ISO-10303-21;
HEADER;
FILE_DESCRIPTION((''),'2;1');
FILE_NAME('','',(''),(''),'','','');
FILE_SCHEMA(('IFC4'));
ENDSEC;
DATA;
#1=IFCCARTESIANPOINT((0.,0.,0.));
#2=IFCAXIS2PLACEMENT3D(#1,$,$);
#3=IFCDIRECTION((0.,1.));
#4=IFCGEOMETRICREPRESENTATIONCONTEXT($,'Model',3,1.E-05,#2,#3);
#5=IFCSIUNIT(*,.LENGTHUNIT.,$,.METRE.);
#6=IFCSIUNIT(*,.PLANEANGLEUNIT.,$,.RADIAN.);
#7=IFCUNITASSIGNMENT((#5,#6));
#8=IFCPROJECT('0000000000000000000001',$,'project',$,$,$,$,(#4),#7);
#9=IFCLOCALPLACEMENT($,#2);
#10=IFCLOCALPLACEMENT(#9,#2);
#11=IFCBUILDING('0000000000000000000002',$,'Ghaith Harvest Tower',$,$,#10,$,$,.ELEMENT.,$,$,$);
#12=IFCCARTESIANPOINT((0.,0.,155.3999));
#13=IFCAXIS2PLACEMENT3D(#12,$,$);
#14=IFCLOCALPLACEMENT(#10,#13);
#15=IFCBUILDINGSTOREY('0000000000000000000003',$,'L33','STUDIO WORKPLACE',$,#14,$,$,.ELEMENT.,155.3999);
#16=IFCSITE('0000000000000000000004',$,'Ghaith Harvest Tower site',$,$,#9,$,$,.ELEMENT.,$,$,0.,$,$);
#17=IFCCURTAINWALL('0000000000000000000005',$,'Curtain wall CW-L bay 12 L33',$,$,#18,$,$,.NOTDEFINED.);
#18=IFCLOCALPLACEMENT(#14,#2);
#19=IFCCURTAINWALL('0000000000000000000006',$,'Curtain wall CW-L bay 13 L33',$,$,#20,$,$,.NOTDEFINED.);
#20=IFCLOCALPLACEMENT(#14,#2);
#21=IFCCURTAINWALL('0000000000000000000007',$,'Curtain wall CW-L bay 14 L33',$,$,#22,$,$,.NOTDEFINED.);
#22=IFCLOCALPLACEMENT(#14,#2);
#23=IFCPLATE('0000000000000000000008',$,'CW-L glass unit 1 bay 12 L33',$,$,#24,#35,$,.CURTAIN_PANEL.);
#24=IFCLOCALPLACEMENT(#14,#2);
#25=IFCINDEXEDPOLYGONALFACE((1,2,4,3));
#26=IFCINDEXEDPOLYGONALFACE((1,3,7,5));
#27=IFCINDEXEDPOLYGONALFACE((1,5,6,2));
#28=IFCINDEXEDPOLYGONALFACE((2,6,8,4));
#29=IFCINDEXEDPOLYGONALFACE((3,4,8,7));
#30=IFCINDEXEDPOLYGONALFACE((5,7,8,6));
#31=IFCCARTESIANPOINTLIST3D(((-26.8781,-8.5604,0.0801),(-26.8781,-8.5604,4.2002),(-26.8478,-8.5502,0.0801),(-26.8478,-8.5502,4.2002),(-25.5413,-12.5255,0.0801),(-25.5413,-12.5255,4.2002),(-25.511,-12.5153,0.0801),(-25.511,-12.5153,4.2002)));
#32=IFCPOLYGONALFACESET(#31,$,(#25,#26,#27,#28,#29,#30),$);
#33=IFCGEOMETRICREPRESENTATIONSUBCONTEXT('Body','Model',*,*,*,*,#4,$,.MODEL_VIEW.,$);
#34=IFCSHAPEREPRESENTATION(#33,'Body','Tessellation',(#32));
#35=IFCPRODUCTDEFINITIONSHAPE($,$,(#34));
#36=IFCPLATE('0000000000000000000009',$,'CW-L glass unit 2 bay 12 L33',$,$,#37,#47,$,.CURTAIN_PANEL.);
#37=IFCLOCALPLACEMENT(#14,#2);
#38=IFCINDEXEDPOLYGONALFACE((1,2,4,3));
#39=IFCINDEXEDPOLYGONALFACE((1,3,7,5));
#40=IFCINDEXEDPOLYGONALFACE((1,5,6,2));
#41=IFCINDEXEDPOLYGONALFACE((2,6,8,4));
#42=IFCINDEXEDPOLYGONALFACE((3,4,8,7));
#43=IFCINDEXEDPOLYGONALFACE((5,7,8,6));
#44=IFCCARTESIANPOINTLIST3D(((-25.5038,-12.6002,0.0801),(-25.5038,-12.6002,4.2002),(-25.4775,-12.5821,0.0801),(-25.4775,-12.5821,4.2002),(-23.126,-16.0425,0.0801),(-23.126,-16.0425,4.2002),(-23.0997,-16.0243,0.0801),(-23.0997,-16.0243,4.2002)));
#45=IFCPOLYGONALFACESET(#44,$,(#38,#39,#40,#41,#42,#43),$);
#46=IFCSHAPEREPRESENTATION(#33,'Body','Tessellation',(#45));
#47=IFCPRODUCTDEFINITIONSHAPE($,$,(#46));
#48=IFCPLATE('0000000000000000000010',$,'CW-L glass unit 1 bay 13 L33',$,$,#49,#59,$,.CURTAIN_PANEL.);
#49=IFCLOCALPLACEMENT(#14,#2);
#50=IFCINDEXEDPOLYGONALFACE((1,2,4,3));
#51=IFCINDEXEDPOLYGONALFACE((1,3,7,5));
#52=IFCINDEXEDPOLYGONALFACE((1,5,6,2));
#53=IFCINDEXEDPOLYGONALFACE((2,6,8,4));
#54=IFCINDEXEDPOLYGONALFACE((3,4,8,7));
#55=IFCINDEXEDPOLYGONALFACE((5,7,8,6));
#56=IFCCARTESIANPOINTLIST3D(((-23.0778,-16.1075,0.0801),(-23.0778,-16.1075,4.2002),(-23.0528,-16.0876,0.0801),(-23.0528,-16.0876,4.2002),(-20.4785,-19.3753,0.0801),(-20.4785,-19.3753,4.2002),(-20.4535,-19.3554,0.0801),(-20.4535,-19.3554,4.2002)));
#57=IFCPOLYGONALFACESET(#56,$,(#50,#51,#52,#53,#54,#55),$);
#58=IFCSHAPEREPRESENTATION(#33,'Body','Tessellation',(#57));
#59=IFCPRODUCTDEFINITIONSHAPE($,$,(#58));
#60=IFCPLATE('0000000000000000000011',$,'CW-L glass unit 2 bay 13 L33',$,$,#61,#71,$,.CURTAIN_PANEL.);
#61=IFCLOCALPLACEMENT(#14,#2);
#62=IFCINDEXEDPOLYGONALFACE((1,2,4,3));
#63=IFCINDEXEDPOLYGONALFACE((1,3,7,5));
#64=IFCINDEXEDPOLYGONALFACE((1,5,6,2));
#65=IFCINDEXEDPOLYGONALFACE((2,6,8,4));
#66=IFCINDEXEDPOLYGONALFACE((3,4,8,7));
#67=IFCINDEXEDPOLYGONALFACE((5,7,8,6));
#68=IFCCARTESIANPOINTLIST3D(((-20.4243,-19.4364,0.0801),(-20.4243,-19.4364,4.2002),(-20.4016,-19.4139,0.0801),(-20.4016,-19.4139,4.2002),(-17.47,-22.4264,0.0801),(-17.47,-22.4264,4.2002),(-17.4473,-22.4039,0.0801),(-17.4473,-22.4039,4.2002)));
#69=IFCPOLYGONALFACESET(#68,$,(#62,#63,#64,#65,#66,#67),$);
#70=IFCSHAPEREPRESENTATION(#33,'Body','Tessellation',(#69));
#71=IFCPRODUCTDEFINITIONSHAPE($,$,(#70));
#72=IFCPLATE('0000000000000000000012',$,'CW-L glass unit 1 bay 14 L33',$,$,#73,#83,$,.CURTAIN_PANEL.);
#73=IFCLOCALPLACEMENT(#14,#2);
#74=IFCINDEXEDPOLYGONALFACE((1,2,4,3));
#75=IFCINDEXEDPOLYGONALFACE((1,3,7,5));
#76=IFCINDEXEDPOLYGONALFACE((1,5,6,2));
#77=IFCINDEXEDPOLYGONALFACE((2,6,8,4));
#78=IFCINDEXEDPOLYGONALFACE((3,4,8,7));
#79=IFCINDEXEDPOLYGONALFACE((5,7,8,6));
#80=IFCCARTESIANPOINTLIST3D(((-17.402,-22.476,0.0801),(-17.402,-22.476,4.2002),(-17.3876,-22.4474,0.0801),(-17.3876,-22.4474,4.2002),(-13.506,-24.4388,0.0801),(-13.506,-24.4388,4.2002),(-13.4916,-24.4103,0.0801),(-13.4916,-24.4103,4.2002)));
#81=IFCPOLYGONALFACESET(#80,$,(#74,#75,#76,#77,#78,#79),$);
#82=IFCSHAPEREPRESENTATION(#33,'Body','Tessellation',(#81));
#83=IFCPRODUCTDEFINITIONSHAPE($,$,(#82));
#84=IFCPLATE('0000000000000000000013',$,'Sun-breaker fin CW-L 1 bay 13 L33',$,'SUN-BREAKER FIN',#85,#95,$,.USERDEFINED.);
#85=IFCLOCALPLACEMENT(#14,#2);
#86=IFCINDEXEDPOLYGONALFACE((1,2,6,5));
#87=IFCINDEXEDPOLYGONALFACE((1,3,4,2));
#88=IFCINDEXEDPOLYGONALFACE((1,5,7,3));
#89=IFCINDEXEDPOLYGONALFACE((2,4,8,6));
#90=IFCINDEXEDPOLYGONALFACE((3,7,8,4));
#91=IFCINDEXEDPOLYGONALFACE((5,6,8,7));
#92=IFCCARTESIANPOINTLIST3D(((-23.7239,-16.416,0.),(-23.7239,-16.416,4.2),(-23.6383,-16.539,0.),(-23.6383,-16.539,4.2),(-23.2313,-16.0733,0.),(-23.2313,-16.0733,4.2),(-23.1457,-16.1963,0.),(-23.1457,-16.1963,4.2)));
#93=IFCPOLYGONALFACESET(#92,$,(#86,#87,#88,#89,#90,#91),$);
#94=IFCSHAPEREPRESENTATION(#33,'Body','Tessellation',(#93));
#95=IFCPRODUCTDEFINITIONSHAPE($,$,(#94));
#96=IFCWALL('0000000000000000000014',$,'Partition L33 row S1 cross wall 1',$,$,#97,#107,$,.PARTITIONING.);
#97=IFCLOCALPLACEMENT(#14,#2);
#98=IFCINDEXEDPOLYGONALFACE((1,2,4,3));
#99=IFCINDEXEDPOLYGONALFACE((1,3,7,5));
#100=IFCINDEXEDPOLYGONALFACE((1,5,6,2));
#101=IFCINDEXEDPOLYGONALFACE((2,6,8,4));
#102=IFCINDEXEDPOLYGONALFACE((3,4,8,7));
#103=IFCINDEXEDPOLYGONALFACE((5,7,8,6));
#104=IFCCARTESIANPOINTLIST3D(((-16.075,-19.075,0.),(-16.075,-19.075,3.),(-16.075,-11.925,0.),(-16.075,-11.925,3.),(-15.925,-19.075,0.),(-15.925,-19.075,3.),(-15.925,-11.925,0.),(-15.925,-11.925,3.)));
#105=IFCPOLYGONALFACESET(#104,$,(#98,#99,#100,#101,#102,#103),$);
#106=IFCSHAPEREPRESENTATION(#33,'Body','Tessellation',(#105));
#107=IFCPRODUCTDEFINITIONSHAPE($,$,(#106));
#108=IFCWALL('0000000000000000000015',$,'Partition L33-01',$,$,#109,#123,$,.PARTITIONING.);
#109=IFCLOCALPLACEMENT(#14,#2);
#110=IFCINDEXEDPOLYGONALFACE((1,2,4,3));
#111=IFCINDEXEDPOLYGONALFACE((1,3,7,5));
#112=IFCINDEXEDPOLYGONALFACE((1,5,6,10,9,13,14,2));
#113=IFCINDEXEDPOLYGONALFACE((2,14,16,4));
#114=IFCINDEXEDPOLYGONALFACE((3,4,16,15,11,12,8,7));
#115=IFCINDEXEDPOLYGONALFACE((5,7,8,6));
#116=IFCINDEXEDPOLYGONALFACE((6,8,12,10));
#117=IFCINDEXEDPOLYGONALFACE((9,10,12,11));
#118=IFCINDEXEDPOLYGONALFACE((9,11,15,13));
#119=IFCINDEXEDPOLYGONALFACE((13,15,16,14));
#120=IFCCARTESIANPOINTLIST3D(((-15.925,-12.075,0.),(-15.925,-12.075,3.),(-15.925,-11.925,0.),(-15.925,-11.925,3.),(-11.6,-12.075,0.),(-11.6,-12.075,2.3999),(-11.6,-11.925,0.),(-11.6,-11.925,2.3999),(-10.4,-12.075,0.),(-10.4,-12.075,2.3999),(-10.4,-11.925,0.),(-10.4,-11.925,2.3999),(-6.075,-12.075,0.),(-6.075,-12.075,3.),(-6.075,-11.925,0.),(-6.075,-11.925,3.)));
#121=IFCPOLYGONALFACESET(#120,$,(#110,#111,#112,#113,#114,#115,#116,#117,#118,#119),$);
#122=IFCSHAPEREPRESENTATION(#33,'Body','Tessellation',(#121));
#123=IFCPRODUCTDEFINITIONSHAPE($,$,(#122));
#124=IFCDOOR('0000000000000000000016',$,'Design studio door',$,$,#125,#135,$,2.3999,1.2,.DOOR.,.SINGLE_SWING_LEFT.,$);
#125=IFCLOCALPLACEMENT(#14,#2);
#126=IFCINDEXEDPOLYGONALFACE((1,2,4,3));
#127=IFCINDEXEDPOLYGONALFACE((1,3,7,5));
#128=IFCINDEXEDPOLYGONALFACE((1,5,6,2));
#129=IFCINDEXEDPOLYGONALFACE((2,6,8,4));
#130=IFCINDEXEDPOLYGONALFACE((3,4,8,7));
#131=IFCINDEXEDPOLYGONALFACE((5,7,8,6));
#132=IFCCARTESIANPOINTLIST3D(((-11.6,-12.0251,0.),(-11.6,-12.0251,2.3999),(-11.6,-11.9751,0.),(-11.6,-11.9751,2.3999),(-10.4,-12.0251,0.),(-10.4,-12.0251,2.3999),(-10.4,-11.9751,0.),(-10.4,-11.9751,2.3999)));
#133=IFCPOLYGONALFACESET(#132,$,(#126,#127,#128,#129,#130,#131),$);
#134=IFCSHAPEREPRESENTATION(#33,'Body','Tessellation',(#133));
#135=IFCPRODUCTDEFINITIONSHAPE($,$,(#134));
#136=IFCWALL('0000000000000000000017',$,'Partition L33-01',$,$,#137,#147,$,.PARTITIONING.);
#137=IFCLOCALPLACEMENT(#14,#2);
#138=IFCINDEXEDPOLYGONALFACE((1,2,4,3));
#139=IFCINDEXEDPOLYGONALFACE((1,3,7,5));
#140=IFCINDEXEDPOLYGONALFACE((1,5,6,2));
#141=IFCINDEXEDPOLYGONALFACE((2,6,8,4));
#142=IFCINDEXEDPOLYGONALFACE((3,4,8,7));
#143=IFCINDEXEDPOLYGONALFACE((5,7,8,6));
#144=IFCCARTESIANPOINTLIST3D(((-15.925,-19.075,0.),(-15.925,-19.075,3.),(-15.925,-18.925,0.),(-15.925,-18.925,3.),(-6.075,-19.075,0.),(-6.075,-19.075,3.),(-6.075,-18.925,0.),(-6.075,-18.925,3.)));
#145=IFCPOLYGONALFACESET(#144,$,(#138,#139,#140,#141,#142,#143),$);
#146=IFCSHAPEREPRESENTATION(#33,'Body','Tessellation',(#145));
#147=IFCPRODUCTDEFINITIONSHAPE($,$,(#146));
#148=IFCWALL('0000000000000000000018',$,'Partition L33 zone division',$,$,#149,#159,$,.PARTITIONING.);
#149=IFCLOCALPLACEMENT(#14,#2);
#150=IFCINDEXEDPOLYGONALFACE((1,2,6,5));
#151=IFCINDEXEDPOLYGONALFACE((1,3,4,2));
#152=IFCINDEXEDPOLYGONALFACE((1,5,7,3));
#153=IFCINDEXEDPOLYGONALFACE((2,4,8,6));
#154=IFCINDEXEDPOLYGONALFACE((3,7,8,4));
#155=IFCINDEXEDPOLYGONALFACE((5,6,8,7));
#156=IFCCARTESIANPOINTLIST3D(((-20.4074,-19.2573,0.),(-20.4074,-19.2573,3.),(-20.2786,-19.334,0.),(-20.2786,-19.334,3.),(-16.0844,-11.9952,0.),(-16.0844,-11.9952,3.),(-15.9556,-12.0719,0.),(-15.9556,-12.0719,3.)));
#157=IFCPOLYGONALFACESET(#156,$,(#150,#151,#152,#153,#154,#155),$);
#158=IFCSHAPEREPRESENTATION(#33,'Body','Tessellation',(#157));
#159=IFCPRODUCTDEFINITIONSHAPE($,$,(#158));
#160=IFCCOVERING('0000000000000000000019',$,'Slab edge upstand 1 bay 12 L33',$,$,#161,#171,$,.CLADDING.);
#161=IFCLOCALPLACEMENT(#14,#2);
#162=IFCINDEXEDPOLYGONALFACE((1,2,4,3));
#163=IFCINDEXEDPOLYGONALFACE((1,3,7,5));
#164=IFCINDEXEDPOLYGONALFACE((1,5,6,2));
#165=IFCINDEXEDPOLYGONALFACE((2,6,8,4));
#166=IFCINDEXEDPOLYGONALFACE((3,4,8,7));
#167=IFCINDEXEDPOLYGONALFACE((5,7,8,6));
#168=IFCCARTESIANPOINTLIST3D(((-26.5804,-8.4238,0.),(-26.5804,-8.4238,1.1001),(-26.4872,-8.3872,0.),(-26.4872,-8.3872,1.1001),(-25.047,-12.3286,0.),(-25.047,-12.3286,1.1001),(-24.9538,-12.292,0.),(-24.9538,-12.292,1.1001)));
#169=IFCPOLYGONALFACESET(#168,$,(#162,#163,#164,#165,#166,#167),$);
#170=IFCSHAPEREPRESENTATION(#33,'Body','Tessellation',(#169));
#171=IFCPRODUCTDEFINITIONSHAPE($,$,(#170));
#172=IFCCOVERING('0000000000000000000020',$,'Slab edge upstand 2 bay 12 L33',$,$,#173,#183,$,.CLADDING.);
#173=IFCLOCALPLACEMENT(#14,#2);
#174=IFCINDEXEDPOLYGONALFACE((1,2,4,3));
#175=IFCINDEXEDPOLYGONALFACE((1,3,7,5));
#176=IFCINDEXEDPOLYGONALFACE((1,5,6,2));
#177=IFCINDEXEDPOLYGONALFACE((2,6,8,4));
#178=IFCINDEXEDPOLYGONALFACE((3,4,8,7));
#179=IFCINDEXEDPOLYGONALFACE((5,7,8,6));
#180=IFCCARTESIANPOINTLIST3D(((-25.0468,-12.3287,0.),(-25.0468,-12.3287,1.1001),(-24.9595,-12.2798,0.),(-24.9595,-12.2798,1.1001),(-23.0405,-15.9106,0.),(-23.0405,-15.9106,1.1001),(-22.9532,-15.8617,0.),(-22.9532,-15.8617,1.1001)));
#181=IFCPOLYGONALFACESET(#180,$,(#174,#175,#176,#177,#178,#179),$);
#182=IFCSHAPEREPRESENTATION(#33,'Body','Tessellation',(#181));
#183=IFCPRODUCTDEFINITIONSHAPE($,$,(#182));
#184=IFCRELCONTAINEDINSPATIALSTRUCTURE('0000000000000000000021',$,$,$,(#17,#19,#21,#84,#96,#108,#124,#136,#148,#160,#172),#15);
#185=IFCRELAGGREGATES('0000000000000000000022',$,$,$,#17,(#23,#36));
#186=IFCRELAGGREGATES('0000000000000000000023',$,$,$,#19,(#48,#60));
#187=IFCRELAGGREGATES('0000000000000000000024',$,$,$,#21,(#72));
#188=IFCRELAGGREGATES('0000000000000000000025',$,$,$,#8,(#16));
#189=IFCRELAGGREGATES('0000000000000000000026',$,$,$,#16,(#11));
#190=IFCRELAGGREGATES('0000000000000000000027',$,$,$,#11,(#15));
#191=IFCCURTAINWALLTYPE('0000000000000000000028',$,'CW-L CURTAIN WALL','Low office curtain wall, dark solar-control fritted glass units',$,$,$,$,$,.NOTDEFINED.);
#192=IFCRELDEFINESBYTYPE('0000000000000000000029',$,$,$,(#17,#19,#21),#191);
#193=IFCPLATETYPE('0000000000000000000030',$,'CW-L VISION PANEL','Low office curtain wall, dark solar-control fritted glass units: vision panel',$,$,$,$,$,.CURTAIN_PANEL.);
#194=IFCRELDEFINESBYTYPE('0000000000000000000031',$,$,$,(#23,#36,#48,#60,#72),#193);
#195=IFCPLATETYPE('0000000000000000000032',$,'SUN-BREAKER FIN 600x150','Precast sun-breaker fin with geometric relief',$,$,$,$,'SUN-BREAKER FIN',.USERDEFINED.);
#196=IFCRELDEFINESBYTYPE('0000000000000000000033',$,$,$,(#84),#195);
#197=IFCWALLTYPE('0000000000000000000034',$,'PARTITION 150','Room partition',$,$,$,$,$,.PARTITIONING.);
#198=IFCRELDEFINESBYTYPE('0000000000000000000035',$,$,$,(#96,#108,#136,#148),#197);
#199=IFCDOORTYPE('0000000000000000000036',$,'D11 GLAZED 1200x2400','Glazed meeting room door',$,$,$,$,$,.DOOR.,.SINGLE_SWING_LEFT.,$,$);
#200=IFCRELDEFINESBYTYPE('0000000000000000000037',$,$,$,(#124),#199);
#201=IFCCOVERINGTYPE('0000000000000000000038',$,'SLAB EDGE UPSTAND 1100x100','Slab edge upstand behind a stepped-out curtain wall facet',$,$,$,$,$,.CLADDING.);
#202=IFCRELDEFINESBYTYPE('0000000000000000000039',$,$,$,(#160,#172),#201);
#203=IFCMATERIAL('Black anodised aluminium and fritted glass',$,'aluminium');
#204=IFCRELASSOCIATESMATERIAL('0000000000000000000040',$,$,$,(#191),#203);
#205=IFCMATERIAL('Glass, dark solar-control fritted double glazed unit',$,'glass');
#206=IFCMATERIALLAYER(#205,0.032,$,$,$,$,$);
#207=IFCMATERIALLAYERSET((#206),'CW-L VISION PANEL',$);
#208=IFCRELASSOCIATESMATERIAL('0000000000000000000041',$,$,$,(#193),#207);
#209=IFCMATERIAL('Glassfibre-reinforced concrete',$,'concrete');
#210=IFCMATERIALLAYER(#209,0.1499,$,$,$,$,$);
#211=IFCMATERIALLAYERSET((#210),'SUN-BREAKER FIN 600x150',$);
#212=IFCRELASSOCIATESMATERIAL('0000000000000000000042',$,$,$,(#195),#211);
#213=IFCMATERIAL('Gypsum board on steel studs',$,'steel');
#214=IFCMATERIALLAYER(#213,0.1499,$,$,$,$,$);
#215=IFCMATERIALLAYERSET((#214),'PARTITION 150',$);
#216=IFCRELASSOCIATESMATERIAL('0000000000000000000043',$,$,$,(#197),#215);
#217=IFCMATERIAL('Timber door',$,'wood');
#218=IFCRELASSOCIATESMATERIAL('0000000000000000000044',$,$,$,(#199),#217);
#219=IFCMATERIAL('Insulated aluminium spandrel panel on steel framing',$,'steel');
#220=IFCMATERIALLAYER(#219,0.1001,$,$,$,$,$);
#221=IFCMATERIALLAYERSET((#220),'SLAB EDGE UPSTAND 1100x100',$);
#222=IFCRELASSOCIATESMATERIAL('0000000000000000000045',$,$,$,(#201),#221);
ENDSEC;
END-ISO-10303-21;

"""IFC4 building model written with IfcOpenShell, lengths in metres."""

from ifc_helpers import new_model, si_unit, direction, frame, frame_2d, origin, origin_2d, place, context, subcontext, project, spatial, rectangle, extrude, material, layer, layer_set, type_object, element, fill, aggregate, save


model = new_model("IFC4")

# Units and contexts
model_context = context("Model", 3, precision=1e-05, world=origin(), true_north=direction((0.0, 1.0)))
body_context = subcontext(model_context, "Body", "Model", "MODEL_VIEW")
ifc_project = project(units=[si_unit("LENGTHUNIT", "METRE"), si_unit("PLANEANGLEUNIT", "RADIAN")], contexts=[model_context])

# Site, building, storey
site_placement = place(None, origin())
site = spatial("IfcSite", under=ifc_project, at=site_placement, Name="Ghaith Harvest Tower site", CompositionType="ELEMENT", RefElevation=0.0)
building_placement = place(site_placement, origin())
building = spatial("IfcBuilding", under=site, at=building_placement, Name="Ghaith Harvest Tower", CompositionType="ELEMENT")
storey_placement = place(building_placement, frame((0.0, 0.0, 155.3999)))
storey = spatial("IfcBuildingStorey", under=building, at=storey_placement, Name="L33", Description="STUDIO WORKPLACE", CompositionType="ELEMENT", Elevation=155.3999)

# Curtain wall
ifc_material_1 = material(Name="Black anodised aluminium and fritted glass", Category="aluminium")
curtain_wall_type = type_object("IfcCurtainWallType", Name="CW-L CURTAIN WALL", Description="Low office curtain wall, dark solar-control fritted glass units", PredefinedType="NOTDEFINED", material=ifc_material_1)
curtain_wall_1_placement = place(storey_placement, origin())
curtain_wall_1 = element("IfcCurtainWall", 1, at=curtain_wall_1_placement, inside=storey, type_object=curtain_wall_type, Name="Curtain wall CW-L bay 12 L33", PredefinedType="NOTDEFINED")

# Curtain wall
curtain_wall_2_placement = place(storey_placement, origin())
curtain_wall_2 = element("IfcCurtainWall", 2, at=curtain_wall_2_placement, inside=storey, type_object=curtain_wall_type, Name="Curtain wall CW-L bay 13 L33", PredefinedType="NOTDEFINED")

# Curtain wall
curtain_wall_3_placement = place(storey_placement, origin())
curtain_wall_3 = element("IfcCurtainWall", 3, at=curtain_wall_3_placement, inside=storey, type_object=curtain_wall_type, Name="Curtain wall CW-L bay 14 L33", PredefinedType="NOTDEFINED")

# Plates
ifc_material_2 = material(Name="Glass, dark solar-control fritted double glazed unit", Category="glass")
ifc_layer_1 = layer(ifc_material_2, 0.032)
ifc_layer_set_1 = layer_set([ifc_layer_1], Name="CW-L VISION PANEL")
plate_type_1 = type_object("IfcPlateType", Name="CW-L VISION PANEL", Description="Low office curtain wall, dark solar-control fritted glass units: vision panel", PredefinedType="CURTAIN_PANEL", material=ifc_layer_set_1)
plate_1_placement = place(storey_placement, frame((-26.1946, -10.5378, 0.0801), z_axis=(0.0, 0.0, 1.0), x_axis=(0.319477, -0.947594, 0.0)))
plate_1 = element("IfcPlate", 4, at=plate_1_placement, type_object=plate_type_1, Name="CW-L glass unit 1 bay 12 L33", PredefinedType="CURTAIN_PANEL", context=body_context, shape_type="SweptSolid", body=[
    extrude(rectangle(XDim=4.1843, YDim=0.032, at=origin_2d()), origin(), (0.0, 0.0, 1.0), 4.1201),
])
plate_2_placement = place(storey_placement, frame((-24.3018, -14.3123, 0.0801), z_axis=(0.0, 0.0, 1.0), x_axis=(0.568348, -0.822788, 0.0)))
plate_2 = element("IfcPlate", 5, at=plate_2_placement, type_object=plate_type_1, Name="CW-L glass unit 2 bay 12 L33", PredefinedType="CURTAIN_PANEL", context=body_context, shape_type="SweptSolid", body=[
    extrude(rectangle(XDim=4.1836, YDim=0.032, at=origin_2d()), origin(), (0.0, 0.0, 1.0), 4.1201),
])
aggregate(curtain_wall_1, [plate_1, plate_2])
plate_3_placement = place(storey_placement, frame((-21.7656, -17.7314, 0.0801), z_axis=(0.0, 0.0, 1.0), x_axis=(0.622507, -0.782614, 0.0)))
plate_3 = element("IfcPlate", 6, at=plate_3_placement, type_object=plate_type_1, Name="CW-L glass unit 1 bay 13 L33", PredefinedType="CURTAIN_PANEL", context=body_context, shape_type="SweptSolid", body=[
    extrude(rectangle(XDim=4.1755, YDim=0.032, at=origin_2d()), origin(), (0.0, 0.0, 1.0), 4.1201),
])
plate_4_placement = place(storey_placement, frame((-18.9358, -20.9202, 0.0801), z_axis=(0.0, 0.0, 1.0), x_axis=(0.702843, -0.711345, 0.0)))
plate_4 = element("IfcPlate", 7, at=plate_4_placement, type_object=plate_type_1, Name="CW-L glass unit 2 bay 13 L33", PredefinedType="CURTAIN_PANEL", context=body_context, shape_type="SweptSolid", body=[
    extrude(rectangle(XDim=4.2034, YDim=0.032, at=origin_2d()), origin(), (0.0, 0.0, 1.0), 4.1201),
])
aggregate(curtain_wall_2, [plate_3, plate_4])
plate_5_placement = place(storey_placement, frame((-15.4468, -23.4431, 0.0801), z_axis=(0.0, 0.0, 1.0), x_axis=(0.893062, -0.449933, 0.0)))
plate_5 = element("IfcPlate", 8, at=plate_5_placement, type_object=plate_type_1, Name="CW-L glass unit 1 bay 14 L33", PredefinedType="CURTAIN_PANEL", context=body_context, shape_type="SweptSolid", body=[
    extrude(rectangle(XDim=4.3625, YDim=0.032, at=origin_2d()), origin(), (0.0, 0.0, 1.0), 4.1201),
])
aggregate(curtain_wall_3, [plate_5])
ifc_material_3 = material(Name="Glassfibre-reinforced concrete", Category="concrete")
ifc_layer_2 = layer(ifc_material_3, 0.1499)
ifc_layer_set_2 = layer_set([ifc_layer_2], Name="SUN-BREAKER FIN 600x150")
plate_type_2 = type_object("IfcPlateType", Name="SUN-BREAKER FIN 600x150", Description="Precast sun-breaker fin with geometric relief", ElementType="SUN-BREAKER FIN", PredefinedType="USERDEFINED", material=ifc_layer_set_2)
plate_6_placement = place(storey_placement, frame((-23.4348, -16.3062, 0.0), z_axis=(0.0, 0.0, 1.0), x_axis=(-0.820845, -0.57115, 0.0)))
element("IfcPlate", 9, at=plate_6_placement, inside=storey, type_object=plate_type_2, Name="Sun-breaker fin CW-L 1 bay 13 L33", ObjectType="SUN-BREAKER FIN", PredefinedType="USERDEFINED", context=body_context, shape_type="SweptSolid", body=[
    extrude(rectangle(XDim=0.6001, YDim=0.1499, at=origin_2d()), origin(), (0.0, 0.0, 1.0), 4.2),
])

# Wall
ifc_material_4 = material(Name="Gypsum board on steel studs", Category="steel")
ifc_layer_3 = layer(ifc_material_4, 0.1499)
ifc_layer_set_3 = layer_set([ifc_layer_3], Name="PARTITION 150")
wall_type_1 = type_object("IfcWallType", Name="PARTITION 150", Description="Room partition", PredefinedType="PARTITIONING", material=ifc_layer_set_3)
wall_1_placement = place(storey_placement, frame((-16.0, -11.925, 0.0), z_axis=(0.0, 0.0, 1.0), x_axis=(0.0, -1.0, 0.0)))
element("IfcWall", 10, at=wall_1_placement, inside=storey, type_object=wall_type_1, Name="Partition L33 row S1 cross wall 1", PredefinedType="PARTITIONING", context=body_context, shape_type="SweptSolid", body=[
    extrude(rectangle(XDim=7.1499, YDim=0.1499, at=frame_2d((3.575, 0.0))), origin(), (0.0, 0.0, 1.0), 3.0),
])

# Wall, opening, door
wall_2_placement = place(storey_placement, frame((-15.925, -12.0, 0.0), z_axis=(0.0, 0.0, 1.0), x_axis=(1.0, 0.0, 0.0)))
wall_2 = element("IfcWall", 11, at=wall_2_placement, inside=storey, type_object=wall_type_1, Name="Partition L33-01", PredefinedType="PARTITIONING", context=body_context, shape_type="SweptSolid", body=[
    extrude(rectangle(XDim=9.8501, YDim=0.1499, at=frame_2d((4.925, 0.0))), origin(), (0.0, 0.0, 1.0), 3.0),
])
opening_1_placement = place(wall_2_placement, frame((4.325, 0.0, 0.0)))
opening_1 = element("IfcOpeningElement", 12, at=opening_1_placement, cuts=wall_2, PredefinedType="OPENING", context=body_context, shape_type="SweptSolid", body=[
    extrude(rectangle(XDim=1.2, YDim=2.3999, at=frame_2d((0.6001, 1.2))), frame((0.0, 0.085, 0.0), z_axis=(0.0, -1.0, 0.0), x_axis=(1.0, 0.0, 0.0)), (0.0, 0.0, 1.0), 0.1699),
])
ifc_material_5 = material(Name="Timber door", Category="wood")
door_type_1 = type_object("IfcDoorType", Name="D11 GLAZED 1200x2400", Description="Glazed meeting room door", OperationType="SINGLE_SWING_LEFT", PredefinedType="DOOR", material=ifc_material_5)
door_1_placement = place(opening_1_placement, origin())
door_1 = element("IfcDoor", 13, at=door_1_placement, inside=storey, type_object=door_type_1, Name="Design studio door", OperationType="SINGLE_SWING_LEFT", OverallHeight=2.3999, OverallWidth=1.2, PredefinedType="DOOR", context=body_context, shape_type="SweptSolid", body=[
    extrude(rectangle(XDim=1.2, YDim=2.3999, at=frame_2d((0.6001, 1.2))), frame((0.0, 0.0249, 0.0), z_axis=(0.0, -1.0, 0.0), x_axis=(1.0, 0.0, 0.0)), (0.0, 0.0, 1.0), 0.05),
])
fill(opening_1, door_1)

# Walls
wall_3_placement = place(storey_placement, frame((-15.925, -19.0, 0.0), z_axis=(0.0, 0.0, 1.0), x_axis=(1.0, 0.0, 0.0)))
element("IfcWall", 14, at=wall_3_placement, inside=storey, type_object=wall_type_1, Name="Partition L33-01", PredefinedType="PARTITIONING", context=body_context, shape_type="SweptSolid", body=[
    extrude(rectangle(XDim=9.8501, YDim=0.1499, at=frame_2d((4.925, 0.0))), origin(), (0.0, 0.0, 1.0), 3.0),
])
wall_4_placement = place(storey_placement, frame((-16.02, -12.0337, 0.0), z_axis=(0.0, 0.0, 1.0), x_axis=(-0.511519, -0.859272, 0.0)))
element("IfcWall", 15, at=wall_4_placement, inside=storey, type_object=wall_type_1, Name="Partition L33 zone division", PredefinedType="PARTITIONING", context=body_context, shape_type="SweptSolid", body=[
    extrude(rectangle(XDim=8.4514, YDim=0.1499, at=frame_2d((4.2256, 0.0))), origin(), (0.0, 0.0, 1.0), 3.0),
])

# Coverings
ifc_material_6 = material(Name="Insulated aluminium spandrel panel on steel framing", Category="steel")
ifc_layer_4 = layer(ifc_material_6, 0.1001)
ifc_layer_set_4 = layer_set([ifc_layer_4], Name="SLAB EDGE UPSTAND 1100x100")
covering_type = type_object("IfcCoveringType", Name="SLAB EDGE UPSTAND 1100x100", Description="Slab edge upstand behind a stepped-out curtain wall facet", PredefinedType="CLADDING", material=ifc_layer_set_4)
covering_1_placement = place(storey_placement, frame((-25.7671, -10.3579, 0.0), z_axis=(0.0, 0.0, 1.0), x_axis=(0.365515, -0.930805, 0.0)))
element("IfcCovering", 16, at=covering_1_placement, inside=storey, type_object=covering_type, Name="Slab edge upstand 1 bay 12 L33", PredefinedType="CLADDING", context=body_context, shape_type="SweptSolid", body=[
    extrude(rectangle(XDim=4.1951, YDim=0.1001, at=origin_2d()), origin(), (0.0, 0.0, 1.0), 1.1001),
])
covering_2_placement = place(storey_placement, frame((-24.0, -14.0952, 0.0), z_axis=(0.0, 0.0, 1.0), x_axis=(0.488684, -0.872461, 0.0)))
element("IfcCovering", 17, at=covering_2_placement, inside=storey, type_object=covering_type, Name="Slab edge upstand 2 bay 12 L33", PredefinedType="CLADDING", context=body_context, shape_type="SweptSolid", body=[
    extrude(rectangle(XDim=4.1055, YDim=0.1001, at=origin_2d()), origin(), (0.0, 0.0, 1.0), 1.1001),
])

save(model, "model.ifc")
